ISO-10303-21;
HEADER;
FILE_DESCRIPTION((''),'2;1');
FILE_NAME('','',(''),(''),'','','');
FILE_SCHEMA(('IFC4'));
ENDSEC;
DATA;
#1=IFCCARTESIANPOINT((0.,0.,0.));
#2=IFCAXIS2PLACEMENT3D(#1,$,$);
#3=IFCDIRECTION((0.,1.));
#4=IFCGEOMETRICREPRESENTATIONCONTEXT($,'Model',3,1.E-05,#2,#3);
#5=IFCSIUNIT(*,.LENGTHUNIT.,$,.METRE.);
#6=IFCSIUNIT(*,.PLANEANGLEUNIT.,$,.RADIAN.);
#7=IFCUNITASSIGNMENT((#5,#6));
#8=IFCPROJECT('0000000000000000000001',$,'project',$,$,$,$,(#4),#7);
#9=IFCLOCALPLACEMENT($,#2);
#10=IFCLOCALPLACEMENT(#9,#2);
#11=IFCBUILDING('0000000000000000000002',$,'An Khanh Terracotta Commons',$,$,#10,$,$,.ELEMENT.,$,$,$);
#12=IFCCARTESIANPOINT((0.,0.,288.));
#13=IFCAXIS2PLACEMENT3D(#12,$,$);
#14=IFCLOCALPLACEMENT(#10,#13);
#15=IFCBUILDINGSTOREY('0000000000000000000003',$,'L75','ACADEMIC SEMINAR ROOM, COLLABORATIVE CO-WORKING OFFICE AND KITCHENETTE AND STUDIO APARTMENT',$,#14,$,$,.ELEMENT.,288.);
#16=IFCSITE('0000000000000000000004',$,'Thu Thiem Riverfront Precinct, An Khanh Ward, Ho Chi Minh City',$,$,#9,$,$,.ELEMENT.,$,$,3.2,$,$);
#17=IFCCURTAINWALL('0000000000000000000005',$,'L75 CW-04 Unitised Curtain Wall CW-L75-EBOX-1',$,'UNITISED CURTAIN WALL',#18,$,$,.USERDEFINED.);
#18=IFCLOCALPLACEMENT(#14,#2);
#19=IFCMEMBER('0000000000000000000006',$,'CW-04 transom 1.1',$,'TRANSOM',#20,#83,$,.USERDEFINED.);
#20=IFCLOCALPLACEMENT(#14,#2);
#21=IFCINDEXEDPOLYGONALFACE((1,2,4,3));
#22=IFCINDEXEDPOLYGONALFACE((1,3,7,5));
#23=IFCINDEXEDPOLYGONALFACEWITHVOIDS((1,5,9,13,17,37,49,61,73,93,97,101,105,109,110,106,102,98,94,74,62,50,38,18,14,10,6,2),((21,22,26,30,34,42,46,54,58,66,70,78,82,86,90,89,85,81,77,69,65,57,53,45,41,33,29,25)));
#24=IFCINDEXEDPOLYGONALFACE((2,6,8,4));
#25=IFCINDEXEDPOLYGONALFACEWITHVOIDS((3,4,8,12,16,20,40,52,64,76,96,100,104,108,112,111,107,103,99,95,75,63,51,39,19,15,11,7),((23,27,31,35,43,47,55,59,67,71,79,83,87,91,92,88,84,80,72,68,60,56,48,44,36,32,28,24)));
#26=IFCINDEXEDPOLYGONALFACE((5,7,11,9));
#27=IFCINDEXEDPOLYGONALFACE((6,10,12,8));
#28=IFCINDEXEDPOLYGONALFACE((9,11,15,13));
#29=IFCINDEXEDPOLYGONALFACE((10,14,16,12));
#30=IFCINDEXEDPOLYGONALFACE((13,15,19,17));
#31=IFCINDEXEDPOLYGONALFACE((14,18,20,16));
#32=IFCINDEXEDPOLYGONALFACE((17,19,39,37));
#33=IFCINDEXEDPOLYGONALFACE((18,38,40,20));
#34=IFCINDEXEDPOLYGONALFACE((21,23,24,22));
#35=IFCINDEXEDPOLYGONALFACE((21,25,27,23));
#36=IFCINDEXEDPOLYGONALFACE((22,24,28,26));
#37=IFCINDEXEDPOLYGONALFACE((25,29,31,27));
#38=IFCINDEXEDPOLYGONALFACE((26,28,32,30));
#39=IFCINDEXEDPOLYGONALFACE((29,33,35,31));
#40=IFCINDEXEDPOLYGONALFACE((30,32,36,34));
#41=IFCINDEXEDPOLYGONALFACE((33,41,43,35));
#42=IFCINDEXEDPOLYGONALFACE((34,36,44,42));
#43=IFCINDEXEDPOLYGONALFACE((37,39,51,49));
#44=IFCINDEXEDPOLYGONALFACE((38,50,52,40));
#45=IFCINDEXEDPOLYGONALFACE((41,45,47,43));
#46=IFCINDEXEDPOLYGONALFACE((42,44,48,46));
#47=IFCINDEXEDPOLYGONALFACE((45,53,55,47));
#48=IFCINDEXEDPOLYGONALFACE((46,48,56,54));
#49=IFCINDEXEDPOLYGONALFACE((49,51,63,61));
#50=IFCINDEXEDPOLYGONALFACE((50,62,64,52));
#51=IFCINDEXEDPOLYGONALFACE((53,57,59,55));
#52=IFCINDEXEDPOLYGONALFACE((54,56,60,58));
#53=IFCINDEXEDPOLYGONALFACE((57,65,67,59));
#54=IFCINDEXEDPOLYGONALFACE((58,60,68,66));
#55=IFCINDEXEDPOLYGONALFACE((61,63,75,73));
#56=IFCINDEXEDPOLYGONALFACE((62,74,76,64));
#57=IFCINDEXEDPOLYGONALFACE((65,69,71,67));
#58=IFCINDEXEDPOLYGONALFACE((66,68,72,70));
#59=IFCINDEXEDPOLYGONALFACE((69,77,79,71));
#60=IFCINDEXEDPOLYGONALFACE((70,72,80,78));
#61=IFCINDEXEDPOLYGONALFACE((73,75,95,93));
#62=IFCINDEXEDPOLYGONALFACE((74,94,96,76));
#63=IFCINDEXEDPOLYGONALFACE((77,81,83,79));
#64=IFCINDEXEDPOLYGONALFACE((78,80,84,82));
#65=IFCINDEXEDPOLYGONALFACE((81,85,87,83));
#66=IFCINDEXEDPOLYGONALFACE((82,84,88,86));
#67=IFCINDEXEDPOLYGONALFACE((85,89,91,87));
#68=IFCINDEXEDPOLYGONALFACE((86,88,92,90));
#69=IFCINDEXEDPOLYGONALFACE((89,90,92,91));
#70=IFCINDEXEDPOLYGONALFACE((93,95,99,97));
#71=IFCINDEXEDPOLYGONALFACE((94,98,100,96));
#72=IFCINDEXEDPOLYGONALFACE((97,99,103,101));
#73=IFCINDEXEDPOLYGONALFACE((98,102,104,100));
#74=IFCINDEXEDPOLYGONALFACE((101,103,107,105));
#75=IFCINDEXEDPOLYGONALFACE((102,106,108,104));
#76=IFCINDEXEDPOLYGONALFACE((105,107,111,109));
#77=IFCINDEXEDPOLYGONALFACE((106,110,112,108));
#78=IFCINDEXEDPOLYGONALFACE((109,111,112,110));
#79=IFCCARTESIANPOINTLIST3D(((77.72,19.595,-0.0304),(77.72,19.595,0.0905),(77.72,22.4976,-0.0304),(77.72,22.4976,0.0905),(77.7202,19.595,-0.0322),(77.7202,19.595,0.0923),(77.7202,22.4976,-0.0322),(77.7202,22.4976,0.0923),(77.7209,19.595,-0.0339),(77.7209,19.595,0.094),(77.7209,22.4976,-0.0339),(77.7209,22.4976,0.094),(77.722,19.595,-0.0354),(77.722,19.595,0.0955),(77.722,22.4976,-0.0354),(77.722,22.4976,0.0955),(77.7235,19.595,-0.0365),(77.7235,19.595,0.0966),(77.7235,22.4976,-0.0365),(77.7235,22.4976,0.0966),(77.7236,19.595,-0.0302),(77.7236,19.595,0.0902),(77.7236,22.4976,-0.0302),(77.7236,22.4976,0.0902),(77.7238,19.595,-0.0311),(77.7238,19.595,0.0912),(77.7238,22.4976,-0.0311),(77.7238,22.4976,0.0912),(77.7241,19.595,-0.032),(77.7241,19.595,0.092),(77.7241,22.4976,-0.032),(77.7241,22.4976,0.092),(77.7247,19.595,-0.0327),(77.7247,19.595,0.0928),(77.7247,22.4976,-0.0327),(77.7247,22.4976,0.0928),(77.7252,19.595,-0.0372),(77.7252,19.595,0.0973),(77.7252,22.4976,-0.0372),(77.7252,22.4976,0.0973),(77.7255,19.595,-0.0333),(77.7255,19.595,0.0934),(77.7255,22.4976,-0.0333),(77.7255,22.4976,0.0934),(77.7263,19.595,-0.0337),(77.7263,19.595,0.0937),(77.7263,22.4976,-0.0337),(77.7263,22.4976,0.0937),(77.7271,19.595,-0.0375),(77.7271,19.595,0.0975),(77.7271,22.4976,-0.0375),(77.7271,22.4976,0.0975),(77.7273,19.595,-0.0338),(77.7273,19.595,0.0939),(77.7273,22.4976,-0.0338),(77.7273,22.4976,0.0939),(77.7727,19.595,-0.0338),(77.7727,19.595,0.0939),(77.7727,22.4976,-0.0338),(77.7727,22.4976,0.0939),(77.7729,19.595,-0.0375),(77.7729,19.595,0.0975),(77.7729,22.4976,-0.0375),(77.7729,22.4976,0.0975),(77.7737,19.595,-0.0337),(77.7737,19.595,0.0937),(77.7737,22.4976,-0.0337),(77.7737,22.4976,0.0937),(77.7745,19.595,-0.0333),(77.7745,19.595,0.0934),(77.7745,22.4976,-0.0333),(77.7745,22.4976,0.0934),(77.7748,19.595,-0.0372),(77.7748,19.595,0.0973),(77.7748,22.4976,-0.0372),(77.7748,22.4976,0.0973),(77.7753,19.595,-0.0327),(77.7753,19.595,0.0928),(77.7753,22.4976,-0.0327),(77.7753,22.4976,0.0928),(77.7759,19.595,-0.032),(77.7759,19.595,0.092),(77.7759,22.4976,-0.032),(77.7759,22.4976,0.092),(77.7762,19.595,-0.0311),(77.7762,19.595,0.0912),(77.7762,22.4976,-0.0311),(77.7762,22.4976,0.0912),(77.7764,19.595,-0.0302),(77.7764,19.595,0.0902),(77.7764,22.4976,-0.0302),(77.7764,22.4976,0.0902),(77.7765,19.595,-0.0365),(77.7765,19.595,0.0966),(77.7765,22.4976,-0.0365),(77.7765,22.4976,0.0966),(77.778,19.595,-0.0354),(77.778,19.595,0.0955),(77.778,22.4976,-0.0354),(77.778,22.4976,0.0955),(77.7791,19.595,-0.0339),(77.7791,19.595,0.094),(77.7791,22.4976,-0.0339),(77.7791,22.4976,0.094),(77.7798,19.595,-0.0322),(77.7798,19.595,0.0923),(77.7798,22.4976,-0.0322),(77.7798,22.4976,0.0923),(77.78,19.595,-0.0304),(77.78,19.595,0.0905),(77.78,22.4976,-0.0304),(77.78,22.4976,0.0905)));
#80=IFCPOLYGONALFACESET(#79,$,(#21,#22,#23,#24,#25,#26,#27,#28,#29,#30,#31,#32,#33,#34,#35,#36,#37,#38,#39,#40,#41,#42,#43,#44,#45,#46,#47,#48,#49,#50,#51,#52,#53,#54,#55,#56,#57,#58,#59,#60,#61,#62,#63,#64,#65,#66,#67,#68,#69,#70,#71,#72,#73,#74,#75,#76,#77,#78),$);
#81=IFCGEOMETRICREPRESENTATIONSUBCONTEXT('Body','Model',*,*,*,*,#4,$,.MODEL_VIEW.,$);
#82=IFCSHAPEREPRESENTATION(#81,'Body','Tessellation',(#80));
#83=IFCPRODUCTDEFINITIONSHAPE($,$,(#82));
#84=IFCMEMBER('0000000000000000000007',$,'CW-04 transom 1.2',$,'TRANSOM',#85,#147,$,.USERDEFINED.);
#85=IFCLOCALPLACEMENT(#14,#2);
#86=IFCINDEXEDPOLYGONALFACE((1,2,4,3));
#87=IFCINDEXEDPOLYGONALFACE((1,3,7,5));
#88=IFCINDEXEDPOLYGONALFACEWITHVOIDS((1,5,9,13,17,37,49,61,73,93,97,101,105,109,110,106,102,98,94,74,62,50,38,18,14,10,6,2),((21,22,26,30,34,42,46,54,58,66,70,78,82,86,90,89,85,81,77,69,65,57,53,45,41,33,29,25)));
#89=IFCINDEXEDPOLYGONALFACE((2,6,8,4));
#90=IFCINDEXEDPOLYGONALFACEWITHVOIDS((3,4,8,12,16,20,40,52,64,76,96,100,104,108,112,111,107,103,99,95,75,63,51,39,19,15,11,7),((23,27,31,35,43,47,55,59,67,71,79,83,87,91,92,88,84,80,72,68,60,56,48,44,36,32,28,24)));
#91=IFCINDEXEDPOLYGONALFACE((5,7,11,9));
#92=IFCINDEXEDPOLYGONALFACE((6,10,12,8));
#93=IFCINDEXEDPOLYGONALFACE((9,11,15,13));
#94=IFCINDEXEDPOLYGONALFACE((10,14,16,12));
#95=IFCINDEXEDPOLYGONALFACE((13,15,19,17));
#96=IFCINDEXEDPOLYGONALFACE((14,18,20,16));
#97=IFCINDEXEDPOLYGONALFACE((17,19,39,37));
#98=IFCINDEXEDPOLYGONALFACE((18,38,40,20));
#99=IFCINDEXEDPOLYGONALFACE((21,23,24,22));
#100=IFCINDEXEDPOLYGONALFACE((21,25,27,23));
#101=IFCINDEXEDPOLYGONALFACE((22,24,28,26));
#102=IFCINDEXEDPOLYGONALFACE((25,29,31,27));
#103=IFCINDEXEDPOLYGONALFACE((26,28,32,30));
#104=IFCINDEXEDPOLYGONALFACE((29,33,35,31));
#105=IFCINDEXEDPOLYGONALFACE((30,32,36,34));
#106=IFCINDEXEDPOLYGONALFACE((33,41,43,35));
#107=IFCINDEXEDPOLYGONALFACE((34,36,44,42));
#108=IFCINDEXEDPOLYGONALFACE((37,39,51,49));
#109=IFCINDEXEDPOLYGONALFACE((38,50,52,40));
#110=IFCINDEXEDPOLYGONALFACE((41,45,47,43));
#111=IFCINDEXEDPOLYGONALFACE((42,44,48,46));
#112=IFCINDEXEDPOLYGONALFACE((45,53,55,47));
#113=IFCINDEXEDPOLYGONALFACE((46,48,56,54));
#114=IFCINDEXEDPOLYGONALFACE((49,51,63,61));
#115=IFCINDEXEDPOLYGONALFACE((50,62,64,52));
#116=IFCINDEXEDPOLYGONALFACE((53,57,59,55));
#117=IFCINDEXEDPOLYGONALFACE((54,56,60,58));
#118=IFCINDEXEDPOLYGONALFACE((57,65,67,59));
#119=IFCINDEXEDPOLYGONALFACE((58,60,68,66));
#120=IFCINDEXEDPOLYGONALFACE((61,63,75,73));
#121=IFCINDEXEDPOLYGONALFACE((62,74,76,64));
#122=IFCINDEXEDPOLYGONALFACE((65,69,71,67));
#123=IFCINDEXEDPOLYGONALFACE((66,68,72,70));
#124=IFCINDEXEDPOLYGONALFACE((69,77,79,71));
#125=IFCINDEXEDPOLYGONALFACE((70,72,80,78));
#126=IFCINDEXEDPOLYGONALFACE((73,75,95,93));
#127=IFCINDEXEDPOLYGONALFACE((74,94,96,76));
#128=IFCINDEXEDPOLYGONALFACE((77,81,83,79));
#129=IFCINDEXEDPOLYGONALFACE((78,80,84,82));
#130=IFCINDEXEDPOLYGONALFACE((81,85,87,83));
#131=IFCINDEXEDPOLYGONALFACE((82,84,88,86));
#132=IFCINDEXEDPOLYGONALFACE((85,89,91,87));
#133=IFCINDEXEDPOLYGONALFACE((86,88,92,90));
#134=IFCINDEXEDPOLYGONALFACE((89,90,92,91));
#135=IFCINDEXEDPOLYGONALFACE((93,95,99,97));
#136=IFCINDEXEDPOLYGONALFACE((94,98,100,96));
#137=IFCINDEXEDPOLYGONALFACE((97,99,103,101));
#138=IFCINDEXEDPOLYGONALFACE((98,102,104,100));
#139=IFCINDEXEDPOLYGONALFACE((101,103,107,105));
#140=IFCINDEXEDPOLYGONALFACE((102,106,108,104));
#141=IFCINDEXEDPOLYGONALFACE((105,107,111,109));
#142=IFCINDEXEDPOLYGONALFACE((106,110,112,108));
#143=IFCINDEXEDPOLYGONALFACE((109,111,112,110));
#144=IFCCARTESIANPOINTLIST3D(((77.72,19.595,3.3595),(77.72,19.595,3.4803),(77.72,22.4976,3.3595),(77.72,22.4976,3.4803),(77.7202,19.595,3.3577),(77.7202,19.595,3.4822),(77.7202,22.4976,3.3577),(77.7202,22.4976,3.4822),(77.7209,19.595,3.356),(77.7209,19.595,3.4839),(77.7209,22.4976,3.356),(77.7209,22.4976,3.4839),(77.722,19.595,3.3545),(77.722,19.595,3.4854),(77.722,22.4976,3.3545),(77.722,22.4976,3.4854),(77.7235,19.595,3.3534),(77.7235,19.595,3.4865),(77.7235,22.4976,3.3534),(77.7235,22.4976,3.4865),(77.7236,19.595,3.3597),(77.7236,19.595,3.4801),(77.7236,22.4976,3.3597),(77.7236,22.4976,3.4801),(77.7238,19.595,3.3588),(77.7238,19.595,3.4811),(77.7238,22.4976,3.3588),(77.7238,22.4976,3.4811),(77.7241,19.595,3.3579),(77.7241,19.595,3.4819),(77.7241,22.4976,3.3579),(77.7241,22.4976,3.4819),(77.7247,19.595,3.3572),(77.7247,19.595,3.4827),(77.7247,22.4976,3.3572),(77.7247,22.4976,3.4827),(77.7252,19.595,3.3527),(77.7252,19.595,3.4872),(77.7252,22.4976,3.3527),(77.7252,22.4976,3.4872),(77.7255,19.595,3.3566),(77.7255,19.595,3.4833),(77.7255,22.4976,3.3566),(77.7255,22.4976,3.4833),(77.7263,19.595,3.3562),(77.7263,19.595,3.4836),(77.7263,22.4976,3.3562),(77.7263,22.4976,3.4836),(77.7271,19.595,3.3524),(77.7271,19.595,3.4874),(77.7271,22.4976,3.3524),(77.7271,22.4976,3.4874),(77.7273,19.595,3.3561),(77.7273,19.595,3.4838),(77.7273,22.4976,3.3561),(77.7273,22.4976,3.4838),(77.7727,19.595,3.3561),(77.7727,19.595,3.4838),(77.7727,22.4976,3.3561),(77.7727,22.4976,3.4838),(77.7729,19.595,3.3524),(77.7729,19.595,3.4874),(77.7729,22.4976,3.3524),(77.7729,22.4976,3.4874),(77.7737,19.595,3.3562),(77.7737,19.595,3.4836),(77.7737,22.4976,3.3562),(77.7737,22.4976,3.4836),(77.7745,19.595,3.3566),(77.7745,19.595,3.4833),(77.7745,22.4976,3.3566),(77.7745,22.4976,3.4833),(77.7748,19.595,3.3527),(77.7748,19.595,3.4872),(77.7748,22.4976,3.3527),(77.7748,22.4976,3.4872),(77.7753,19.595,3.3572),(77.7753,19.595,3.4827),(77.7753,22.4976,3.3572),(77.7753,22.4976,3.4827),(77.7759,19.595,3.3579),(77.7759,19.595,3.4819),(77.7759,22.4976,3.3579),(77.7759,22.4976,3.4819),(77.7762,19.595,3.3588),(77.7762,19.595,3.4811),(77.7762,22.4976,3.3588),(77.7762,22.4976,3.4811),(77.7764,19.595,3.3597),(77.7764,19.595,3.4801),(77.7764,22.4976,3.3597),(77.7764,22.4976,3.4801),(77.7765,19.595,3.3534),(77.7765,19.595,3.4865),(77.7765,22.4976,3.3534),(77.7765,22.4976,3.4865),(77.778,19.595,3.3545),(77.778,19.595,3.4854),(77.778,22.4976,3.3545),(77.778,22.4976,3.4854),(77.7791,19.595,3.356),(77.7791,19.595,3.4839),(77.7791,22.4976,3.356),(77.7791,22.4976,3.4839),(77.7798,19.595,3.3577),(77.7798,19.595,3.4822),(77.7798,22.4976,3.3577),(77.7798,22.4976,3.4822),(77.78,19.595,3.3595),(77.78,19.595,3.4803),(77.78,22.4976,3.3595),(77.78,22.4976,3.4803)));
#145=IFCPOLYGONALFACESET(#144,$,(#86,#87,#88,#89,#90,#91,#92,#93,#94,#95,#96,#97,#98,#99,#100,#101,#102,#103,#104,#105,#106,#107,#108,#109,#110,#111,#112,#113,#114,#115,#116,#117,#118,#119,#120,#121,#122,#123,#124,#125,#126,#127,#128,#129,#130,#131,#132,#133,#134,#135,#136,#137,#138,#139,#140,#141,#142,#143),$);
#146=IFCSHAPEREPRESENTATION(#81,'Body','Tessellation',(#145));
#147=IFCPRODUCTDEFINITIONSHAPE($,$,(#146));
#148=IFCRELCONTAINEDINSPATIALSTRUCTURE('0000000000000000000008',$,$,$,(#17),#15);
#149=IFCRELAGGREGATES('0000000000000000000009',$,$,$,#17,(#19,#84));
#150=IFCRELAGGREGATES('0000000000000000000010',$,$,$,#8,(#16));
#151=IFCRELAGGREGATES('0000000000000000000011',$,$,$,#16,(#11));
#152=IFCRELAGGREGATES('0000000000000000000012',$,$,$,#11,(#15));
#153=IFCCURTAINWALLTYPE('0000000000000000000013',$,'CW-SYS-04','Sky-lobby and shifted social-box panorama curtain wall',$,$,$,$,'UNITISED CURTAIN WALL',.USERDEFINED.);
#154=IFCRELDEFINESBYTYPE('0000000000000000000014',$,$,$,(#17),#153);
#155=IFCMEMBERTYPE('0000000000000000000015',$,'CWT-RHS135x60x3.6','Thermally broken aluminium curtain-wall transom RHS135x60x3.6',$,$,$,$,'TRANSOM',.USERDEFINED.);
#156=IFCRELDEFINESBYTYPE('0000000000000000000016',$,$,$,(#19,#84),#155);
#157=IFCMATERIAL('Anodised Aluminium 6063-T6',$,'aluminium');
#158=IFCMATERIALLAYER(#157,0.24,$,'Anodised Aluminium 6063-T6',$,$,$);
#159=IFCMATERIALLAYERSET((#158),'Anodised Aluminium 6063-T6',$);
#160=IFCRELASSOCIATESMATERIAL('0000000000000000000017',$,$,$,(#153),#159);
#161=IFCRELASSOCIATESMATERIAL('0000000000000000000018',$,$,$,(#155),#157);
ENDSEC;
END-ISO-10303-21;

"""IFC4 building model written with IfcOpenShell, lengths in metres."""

from ifc_helpers import new_model, si_unit, direction, frame, origin, origin_2d, place, context, subcontext, project, spatial, hollow_rectangle, extrude, material, layer, layer_set, material_profile, profile_set, type_object, element, aggregate, save


model = new_model("IFC4")

# Units and contexts
model_context = context("Model", 3, precision=1e-05, world=origin(), true_north=direction((0.0, 1.0)))
body_context = subcontext(model_context, "Body", "Model", "MODEL_VIEW")
ifc_project = project(units=[si_unit("LENGTHUNIT", "METRE"), si_unit("PLANEANGLEUNIT", "RADIAN")], contexts=[model_context])

# Site, building, storey
site_placement = place(None, origin())
site = spatial("IfcSite", under=ifc_project, at=site_placement, Name="Thu Thiem Riverfront Precinct, An Khanh Ward, Ho Chi Minh City", CompositionType="ELEMENT", RefElevation=3.2)
building_placement = place(site_placement, origin())
building = spatial("IfcBuilding", under=site, at=building_placement, Name="An Khanh Terracotta Commons", CompositionType="ELEMENT")
storey_placement = place(building_placement, frame((0.0, 0.0, 288.0)))
storey = spatial("IfcBuildingStorey", under=building, at=storey_placement, Name="L75", Description="ACADEMIC SEMINAR ROOM, COLLABORATIVE CO-WORKING OFFICE AND KITCHENETTE AND STUDIO APARTMENT", CompositionType="ELEMENT", Elevation=288.0)

# Curtain wall
ifc_material_1 = material(Name="Anodised Aluminium 6063-T6", Category="aluminium")
ifc_layer_1 = layer(ifc_material_1, 0.24, Name="Anodised Aluminium 6063-T6")
ifc_layer_set_1 = layer_set([ifc_layer_1], Name="Anodised Aluminium 6063-T6")
curtain_wall_type_1 = type_object("IfcCurtainWallType", Name="CW-SYS-04", Description="Sky-lobby and shifted social-box panorama curtain wall", ElementType="UNITISED CURTAIN WALL", PredefinedType="USERDEFINED", material=ifc_layer_set_1)
curtain_wall_1_placement = place(storey_placement, origin())
curtain_wall_1 = element("IfcCurtainWall", 1, at=curtain_wall_1_placement, inside=storey, type_object=curtain_wall_type_1, Name="L75 CW-04 Unitised Curtain Wall CW-L75-EBOX-1", ObjectType="UNITISED CURTAIN WALL", PredefinedType="USERDEFINED")

# Members
ifc_material_profile_1 = material_profile(ifc_material_1, hollow_rectangle(XDim=0.0601, YDim=0.135, WallThickness=0.0037, InnerFilletRadius=0.0037, OuterFilletRadius=0.0071, at=origin_2d()), Name="RHS135x60x3.6")
ifc_profile_set_1 = profile_set([ifc_material_profile_1], Name="Anodised Aluminium 6063-T6")
member_type_1 = type_object("IfcMemberType", Name="CWT-RHS135x60x3.6", Description="Thermally broken aluminium curtain-wall transom RHS135x60x3.6", ElementType="TRANSOM", PredefinedType="USERDEFINED", material=ifc_profile_set_1)
member_1_placement = place(storey_placement, frame((77.75, 19.595, 0.03), z_axis=(0.0, 1.0, 0.0), x_axis=(-1.0, 0.0, 0.0)))
member_1 = element("IfcMember", 2, at=member_1_placement, type_object=member_type_1, Name="CW-04 transom 1.1", ObjectType="TRANSOM", PredefinedType="USERDEFINED", context=body_context, shape_type="SweptSolid", body=[
    extrude(hollow_rectangle(XDim=0.0601, YDim=0.135, WallThickness=0.0037, InnerFilletRadius=0.0037, OuterFilletRadius=0.0071, at=origin_2d()), origin(), (0.0, 0.0, 1.0), 2.9026),
])
member_2_placement = place(storey_placement, frame((77.75, 19.595, 3.4199), z_axis=(0.0, 1.0, 0.0), x_axis=(-1.0, 0.0, 0.0)))
member_2 = element("IfcMember", 3, at=member_2_placement, type_object=member_type_1, Name="CW-04 transom 1.2", ObjectType="TRANSOM", PredefinedType="USERDEFINED", context=body_context, shape_type="SweptSolid", body=[
    extrude(hollow_rectangle(XDim=0.0601, YDim=0.135, WallThickness=0.0037, InnerFilletRadius=0.0037, OuterFilletRadius=0.0071, at=origin_2d()), origin(), (0.0, 0.0, 1.0), 2.9026),
])

aggregate(curtain_wall_1, [member_1, member_2])

save(model, "model.ifc")
